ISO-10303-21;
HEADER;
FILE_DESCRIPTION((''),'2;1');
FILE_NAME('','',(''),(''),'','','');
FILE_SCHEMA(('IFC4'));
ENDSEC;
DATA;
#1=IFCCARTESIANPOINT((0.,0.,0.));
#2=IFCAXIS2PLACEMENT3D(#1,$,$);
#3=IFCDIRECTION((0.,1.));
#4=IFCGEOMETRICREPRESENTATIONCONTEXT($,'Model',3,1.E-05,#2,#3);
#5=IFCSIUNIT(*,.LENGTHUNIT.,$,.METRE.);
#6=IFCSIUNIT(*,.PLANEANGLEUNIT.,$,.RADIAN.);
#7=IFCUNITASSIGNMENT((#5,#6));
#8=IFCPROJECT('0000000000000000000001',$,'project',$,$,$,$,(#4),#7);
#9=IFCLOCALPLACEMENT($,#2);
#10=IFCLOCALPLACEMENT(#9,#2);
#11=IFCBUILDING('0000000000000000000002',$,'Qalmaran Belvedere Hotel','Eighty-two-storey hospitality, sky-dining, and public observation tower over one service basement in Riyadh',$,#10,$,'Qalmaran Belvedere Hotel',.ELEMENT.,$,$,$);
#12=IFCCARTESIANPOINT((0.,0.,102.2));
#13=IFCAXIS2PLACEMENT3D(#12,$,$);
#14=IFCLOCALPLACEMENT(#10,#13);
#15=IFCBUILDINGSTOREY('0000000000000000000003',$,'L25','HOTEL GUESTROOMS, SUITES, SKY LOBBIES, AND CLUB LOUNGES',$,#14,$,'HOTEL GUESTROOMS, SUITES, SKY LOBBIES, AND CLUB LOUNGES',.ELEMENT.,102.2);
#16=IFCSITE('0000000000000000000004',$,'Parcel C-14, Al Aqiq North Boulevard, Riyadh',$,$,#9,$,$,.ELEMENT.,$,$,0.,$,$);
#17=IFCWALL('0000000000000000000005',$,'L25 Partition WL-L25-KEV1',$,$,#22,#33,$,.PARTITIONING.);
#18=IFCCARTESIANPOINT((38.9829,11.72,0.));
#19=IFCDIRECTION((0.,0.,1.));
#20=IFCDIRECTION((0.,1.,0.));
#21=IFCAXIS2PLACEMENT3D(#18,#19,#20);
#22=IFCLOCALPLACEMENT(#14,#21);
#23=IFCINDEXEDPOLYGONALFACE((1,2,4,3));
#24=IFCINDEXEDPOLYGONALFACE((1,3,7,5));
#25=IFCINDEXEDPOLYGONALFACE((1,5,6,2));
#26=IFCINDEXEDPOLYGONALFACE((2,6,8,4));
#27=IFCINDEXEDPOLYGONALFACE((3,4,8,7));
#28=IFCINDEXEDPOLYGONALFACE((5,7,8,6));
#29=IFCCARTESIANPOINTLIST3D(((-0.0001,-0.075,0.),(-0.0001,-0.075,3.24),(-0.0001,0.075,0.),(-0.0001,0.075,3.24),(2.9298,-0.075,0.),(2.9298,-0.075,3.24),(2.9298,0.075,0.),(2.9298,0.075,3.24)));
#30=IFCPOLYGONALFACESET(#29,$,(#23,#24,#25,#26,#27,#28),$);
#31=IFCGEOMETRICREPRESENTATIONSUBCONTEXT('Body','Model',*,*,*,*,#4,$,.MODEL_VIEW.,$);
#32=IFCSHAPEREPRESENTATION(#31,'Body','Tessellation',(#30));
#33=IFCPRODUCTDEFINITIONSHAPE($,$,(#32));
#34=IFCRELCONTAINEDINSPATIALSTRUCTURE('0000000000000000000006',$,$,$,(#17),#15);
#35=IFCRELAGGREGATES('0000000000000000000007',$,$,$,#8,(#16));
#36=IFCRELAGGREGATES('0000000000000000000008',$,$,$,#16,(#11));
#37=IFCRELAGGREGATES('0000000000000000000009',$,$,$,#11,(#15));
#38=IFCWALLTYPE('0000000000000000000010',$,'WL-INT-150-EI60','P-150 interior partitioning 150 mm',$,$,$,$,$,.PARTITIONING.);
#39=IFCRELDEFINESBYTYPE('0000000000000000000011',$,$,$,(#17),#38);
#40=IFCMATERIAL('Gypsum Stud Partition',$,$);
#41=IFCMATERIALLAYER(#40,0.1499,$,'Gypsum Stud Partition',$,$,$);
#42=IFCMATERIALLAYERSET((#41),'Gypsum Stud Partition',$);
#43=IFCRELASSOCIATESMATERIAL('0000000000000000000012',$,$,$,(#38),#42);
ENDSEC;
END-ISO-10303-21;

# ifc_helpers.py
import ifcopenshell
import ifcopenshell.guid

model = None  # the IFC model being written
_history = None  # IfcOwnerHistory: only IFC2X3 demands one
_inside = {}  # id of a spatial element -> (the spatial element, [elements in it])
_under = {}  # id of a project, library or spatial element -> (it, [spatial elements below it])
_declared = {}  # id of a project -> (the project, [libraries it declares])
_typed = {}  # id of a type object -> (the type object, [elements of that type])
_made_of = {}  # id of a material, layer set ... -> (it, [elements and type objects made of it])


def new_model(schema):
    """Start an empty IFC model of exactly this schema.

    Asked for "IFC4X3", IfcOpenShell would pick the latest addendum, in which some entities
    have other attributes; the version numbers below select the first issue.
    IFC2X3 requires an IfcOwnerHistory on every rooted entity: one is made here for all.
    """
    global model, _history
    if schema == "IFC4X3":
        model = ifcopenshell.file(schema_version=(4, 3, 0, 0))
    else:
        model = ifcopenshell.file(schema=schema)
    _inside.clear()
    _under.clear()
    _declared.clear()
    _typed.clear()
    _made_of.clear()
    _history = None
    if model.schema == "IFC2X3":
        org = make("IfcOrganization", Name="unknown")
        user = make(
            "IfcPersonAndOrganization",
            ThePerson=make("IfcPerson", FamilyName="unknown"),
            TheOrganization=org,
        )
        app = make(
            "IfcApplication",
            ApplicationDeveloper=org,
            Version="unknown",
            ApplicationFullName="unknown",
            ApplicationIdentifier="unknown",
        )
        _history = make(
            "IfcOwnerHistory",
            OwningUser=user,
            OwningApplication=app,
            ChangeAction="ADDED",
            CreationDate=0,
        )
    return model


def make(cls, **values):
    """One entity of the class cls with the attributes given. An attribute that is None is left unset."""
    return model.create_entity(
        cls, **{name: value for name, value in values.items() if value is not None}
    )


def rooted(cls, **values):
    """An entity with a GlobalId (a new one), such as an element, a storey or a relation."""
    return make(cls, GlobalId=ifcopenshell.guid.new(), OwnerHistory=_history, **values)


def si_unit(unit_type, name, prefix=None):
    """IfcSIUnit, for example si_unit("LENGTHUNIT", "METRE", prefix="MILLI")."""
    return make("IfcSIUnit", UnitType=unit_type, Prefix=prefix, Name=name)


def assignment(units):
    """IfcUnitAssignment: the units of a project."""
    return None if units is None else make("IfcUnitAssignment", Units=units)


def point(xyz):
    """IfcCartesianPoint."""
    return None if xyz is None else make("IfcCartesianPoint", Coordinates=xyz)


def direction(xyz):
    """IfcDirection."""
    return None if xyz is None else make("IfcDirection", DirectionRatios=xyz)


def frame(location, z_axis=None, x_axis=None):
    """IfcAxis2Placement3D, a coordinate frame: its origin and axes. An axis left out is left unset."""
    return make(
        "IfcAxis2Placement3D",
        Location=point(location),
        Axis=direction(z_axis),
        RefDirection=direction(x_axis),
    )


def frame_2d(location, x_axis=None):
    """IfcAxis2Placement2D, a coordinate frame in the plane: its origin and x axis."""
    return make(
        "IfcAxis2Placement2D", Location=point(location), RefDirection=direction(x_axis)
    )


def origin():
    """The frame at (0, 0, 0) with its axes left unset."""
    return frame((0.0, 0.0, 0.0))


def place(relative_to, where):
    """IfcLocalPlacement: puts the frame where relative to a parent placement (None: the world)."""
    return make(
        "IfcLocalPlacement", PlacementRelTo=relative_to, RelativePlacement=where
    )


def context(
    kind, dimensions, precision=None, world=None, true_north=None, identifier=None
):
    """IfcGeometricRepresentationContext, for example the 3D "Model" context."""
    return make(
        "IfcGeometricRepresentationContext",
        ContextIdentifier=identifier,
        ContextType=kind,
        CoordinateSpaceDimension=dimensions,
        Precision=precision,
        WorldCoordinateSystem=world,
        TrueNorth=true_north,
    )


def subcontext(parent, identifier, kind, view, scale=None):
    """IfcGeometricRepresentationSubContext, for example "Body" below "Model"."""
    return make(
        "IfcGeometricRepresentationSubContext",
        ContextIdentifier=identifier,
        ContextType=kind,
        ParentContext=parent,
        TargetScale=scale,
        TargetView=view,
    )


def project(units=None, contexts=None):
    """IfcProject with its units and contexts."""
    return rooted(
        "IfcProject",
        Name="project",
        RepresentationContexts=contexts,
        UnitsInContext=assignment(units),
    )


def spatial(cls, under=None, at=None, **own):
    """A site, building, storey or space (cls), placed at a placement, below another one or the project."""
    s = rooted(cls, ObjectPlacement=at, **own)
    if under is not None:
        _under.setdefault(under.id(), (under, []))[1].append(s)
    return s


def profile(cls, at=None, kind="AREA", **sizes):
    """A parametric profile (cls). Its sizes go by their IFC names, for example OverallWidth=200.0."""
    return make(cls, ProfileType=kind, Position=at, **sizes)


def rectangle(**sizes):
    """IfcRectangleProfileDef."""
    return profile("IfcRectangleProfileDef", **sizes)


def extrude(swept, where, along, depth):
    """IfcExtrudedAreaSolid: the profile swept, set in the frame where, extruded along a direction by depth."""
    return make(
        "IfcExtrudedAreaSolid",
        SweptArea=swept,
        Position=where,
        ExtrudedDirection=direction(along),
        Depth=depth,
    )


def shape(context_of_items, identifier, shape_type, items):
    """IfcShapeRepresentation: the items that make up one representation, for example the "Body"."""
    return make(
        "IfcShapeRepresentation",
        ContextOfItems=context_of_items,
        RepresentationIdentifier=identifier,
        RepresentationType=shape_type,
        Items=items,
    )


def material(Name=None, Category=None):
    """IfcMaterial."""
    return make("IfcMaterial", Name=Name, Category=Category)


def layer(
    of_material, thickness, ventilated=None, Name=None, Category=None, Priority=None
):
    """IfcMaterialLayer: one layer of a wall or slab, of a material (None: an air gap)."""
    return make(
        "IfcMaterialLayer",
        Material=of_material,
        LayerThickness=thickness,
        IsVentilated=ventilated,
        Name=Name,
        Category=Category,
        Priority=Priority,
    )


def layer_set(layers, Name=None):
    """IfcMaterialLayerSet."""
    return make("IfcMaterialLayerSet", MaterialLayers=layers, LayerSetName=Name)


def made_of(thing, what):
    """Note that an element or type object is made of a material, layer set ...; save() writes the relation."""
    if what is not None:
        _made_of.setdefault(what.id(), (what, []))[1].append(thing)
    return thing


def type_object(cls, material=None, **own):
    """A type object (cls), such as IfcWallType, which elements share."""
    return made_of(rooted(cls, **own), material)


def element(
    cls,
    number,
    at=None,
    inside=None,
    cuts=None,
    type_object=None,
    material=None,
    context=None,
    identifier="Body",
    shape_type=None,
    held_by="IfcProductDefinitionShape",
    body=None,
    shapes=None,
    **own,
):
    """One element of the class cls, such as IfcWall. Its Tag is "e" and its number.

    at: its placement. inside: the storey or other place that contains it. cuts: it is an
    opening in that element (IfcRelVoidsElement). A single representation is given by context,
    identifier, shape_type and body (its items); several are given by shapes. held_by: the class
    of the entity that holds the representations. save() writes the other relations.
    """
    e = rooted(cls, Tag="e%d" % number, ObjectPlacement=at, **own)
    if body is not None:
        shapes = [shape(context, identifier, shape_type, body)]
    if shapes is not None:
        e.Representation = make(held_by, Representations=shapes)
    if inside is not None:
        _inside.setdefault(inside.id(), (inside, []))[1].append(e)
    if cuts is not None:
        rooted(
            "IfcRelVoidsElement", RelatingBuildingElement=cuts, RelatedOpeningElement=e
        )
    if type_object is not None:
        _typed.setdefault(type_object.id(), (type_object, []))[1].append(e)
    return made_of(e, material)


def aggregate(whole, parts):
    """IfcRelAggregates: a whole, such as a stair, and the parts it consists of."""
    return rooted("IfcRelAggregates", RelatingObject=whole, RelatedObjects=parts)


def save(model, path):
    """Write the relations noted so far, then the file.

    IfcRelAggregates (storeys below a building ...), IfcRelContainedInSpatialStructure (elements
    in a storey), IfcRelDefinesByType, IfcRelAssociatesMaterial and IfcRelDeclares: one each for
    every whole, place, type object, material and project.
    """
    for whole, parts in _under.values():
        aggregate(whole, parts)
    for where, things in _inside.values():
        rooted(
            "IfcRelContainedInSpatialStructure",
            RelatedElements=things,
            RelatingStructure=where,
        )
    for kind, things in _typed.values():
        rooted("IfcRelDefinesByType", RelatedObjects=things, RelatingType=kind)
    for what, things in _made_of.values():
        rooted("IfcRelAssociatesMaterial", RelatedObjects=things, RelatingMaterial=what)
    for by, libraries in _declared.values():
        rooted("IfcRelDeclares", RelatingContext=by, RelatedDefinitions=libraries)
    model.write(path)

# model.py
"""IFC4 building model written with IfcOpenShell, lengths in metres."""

from ifc_helpers import new_model, si_unit, direction, frame, frame_2d, origin, place, context, subcontext, project, spatial, rectangle, extrude, material, layer, layer_set, type_object, element, save


model = new_model("IFC4")

# Units and contexts
model_context = context("Model", 3, precision=1e-05, world=origin(), true_north=direction((0.0, 1.0)))
body_context = subcontext(model_context, "Body", "Model", "MODEL_VIEW")
ifc_project = project(units=[si_unit("LENGTHUNIT", "METRE"), si_unit("PLANEANGLEUNIT", "RADIAN")], contexts=[model_context])

# Site, building, storey
site_placement = place(None, origin())
site = spatial("IfcSite", under=ifc_project, at=site_placement, Name="Parcel C-14, Al Aqiq North Boulevard, Riyadh", CompositionType="ELEMENT", RefElevation=0.0)
building_placement = place(site_placement, origin())
building = spatial("IfcBuilding", under=site, at=building_placement, Name="Qalmaran Belvedere Hotel", Description="Eighty-two-storey hospitality, sky-dining, and public observation tower over one service basement in Riyadh", LongName="Qalmaran Belvedere Hotel", CompositionType="ELEMENT")
storey_placement = place(building_placement, frame((0.0, 0.0, 102.2)))
storey = spatial("IfcBuildingStorey", under=building, at=storey_placement, Name="L25", Description="HOTEL GUESTROOMS, SUITES, SKY LOBBIES, AND CLUB LOUNGES", LongName="HOTEL GUESTROOMS, SUITES, SKY LOBBIES, AND CLUB LOUNGES", CompositionType="ELEMENT", Elevation=102.2)

# Wall
ifc_material_1 = material(Name="Gypsum Stud Partition")
ifc_layer_1 = layer(ifc_material_1, 0.1499, Name="Gypsum Stud Partition")
ifc_layer_set_1 = layer_set([ifc_layer_1], Name="Gypsum Stud Partition")
wall_type_1 = type_object("IfcWallType", Name="WL-INT-150-EI60", Description="P-150 interior partitioning 150 mm", PredefinedType="PARTITIONING", material=ifc_layer_set_1)
wall_1_placement = place(storey_placement, frame((38.9829, 11.72, 0.0), z_axis=(0.0, 0.0, 1.0), x_axis=(0.0, 1.0, 0.0)))
element("IfcWall", 1, at=wall_1_placement, inside=storey, type_object=wall_type_1, Name="L25 Partition WL-L25-KEV1", PredefinedType="PARTITIONING", context=body_context, shape_type="SweptSolid", body=[
    extrude(rectangle(XDim=2.9299, YDim=0.1499, at=frame_2d((1.4648, 0.0))), origin(), (0.0, 0.0, 1.0), 3.24),
])

save(model, "model.ifc")
